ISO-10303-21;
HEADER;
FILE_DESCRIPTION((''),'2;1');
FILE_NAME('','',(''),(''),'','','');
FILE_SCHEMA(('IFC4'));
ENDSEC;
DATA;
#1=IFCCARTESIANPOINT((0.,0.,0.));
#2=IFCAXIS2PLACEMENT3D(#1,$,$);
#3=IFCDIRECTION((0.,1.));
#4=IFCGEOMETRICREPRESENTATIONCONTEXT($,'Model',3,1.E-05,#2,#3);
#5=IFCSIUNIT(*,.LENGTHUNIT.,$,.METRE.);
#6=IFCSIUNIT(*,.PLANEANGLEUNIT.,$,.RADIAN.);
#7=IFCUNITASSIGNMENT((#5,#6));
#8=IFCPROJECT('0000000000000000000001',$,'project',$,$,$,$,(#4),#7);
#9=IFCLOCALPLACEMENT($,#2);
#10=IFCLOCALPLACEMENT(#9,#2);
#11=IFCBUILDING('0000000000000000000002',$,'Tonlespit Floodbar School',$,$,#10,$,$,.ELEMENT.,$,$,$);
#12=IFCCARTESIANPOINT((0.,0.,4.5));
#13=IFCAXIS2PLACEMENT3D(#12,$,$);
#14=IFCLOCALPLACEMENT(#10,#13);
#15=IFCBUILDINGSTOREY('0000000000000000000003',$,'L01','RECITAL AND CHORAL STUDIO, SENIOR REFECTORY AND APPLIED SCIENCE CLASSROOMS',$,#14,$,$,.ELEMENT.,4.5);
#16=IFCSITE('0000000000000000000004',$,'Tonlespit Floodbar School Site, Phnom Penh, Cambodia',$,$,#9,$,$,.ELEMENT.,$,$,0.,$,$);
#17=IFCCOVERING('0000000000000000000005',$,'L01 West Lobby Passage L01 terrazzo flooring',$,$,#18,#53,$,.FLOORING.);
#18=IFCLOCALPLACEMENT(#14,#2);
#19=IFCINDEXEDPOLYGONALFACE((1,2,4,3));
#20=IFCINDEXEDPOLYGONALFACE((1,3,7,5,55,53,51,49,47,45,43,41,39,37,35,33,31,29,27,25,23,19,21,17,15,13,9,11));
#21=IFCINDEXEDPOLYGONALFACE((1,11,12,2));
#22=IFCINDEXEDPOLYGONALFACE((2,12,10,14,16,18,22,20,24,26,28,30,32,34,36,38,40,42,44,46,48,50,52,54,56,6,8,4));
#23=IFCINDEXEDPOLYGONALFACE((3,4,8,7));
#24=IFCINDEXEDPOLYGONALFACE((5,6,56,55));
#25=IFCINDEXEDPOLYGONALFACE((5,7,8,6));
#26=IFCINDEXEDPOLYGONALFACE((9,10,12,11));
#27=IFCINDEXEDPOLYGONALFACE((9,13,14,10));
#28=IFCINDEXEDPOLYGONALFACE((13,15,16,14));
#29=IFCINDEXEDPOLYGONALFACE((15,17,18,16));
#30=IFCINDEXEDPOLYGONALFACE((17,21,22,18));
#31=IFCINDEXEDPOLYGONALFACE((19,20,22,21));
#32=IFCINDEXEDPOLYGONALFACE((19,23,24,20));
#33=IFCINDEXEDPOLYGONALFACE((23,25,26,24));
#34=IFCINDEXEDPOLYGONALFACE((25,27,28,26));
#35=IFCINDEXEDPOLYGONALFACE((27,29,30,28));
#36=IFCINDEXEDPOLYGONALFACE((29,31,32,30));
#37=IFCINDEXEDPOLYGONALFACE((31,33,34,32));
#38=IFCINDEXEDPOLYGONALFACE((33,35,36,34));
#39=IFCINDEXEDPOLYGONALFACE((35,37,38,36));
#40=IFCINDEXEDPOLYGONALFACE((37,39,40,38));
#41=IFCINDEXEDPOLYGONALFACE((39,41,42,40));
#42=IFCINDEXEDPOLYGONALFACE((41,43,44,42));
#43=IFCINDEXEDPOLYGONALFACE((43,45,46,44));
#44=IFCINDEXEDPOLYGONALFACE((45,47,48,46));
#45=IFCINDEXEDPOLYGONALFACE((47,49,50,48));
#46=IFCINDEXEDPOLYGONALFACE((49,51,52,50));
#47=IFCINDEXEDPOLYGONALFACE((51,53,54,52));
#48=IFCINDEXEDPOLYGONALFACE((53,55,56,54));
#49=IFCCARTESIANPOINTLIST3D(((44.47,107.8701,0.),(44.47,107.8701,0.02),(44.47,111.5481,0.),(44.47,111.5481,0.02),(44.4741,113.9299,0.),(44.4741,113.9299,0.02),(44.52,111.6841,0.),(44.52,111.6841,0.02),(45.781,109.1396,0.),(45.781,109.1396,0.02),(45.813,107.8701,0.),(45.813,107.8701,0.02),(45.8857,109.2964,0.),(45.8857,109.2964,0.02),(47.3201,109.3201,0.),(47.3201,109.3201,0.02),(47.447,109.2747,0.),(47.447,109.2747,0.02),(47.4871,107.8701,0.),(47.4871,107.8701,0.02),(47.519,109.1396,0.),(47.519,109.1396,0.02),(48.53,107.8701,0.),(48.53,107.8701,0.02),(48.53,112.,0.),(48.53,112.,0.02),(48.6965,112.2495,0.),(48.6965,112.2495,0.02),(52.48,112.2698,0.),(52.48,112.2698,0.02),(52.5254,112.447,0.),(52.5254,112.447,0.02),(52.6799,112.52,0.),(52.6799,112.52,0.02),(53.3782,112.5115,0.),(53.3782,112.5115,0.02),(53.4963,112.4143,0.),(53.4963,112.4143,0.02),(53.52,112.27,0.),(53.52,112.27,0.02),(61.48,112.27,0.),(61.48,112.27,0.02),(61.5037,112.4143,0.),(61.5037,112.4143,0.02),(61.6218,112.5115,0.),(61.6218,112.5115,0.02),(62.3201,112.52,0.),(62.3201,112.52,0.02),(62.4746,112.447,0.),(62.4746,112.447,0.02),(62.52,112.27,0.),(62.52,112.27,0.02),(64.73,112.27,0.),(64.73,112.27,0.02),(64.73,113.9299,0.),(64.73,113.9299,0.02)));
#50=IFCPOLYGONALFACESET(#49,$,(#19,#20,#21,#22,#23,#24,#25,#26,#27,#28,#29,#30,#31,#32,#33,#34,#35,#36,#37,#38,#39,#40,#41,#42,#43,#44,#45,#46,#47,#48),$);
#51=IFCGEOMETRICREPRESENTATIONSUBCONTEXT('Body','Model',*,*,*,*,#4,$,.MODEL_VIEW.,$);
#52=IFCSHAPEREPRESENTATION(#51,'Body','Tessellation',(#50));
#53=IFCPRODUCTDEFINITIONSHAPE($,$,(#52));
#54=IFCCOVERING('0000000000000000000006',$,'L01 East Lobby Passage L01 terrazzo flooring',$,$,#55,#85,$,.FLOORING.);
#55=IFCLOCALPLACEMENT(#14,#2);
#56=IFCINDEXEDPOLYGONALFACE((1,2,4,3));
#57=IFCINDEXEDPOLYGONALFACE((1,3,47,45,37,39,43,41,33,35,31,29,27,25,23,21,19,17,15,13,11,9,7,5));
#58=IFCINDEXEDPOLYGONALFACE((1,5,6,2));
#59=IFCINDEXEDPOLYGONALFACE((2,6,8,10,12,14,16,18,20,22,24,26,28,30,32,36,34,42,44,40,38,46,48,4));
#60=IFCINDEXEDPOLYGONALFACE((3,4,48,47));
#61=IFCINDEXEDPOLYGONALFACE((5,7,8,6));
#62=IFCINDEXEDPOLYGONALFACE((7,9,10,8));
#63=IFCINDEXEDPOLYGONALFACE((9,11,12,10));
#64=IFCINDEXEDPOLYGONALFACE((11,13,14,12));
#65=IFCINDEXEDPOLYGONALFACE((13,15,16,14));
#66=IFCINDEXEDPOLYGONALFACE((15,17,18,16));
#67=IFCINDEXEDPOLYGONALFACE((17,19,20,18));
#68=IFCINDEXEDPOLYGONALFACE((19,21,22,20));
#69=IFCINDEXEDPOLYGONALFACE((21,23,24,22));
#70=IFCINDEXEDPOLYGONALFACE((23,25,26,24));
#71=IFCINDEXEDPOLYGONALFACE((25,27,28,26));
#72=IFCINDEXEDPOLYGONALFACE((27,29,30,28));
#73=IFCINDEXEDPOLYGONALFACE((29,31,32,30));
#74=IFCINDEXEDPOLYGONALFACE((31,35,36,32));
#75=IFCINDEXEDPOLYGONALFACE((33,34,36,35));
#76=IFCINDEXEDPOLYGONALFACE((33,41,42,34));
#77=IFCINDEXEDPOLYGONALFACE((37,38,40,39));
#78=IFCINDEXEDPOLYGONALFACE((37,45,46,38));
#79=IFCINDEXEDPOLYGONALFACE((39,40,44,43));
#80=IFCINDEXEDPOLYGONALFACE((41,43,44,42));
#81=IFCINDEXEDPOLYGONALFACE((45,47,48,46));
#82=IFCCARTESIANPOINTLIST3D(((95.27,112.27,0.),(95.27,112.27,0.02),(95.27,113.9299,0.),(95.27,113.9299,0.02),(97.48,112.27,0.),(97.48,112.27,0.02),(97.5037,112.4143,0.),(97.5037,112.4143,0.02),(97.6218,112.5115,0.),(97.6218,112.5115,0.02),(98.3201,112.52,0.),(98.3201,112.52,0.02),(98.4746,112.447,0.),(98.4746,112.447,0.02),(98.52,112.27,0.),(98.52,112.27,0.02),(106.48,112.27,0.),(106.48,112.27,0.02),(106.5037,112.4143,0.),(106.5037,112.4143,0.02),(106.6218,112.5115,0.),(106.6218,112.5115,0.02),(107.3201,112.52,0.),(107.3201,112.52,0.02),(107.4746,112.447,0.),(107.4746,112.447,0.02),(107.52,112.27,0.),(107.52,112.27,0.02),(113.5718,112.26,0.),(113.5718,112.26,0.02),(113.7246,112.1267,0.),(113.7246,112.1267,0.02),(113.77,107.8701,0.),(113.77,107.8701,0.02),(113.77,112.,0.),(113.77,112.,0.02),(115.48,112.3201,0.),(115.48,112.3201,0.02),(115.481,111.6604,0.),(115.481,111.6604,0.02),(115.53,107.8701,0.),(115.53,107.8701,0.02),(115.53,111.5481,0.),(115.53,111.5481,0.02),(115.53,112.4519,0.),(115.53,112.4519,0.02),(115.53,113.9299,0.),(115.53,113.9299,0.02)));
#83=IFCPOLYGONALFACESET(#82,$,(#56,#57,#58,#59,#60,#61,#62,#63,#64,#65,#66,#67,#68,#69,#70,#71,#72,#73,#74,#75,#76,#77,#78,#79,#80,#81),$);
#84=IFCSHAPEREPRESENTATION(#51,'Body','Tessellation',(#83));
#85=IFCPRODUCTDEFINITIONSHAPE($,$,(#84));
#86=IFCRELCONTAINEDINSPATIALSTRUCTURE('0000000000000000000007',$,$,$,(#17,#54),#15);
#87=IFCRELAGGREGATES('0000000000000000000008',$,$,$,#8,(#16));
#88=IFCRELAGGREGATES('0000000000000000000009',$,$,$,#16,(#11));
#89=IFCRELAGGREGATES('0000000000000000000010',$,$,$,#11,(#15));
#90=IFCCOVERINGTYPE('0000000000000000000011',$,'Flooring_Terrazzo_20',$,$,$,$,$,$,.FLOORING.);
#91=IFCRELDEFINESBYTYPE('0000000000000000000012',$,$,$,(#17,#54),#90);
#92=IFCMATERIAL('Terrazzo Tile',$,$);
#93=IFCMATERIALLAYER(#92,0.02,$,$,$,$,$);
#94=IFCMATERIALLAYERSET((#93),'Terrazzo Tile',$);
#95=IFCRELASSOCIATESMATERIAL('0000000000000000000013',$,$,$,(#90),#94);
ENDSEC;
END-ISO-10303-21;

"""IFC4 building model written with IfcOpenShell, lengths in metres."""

from ifc_helpers import new_model, si_unit, direction, frame, origin, place, context, subcontext, project, spatial, polyline, outline, extrude, material, layer, layer_set, type_object, element, save


model = new_model("IFC4")

# Units and contexts
model_context = context("Model", 3, precision=1e-05, world=origin(), true_north=direction((0.0, 1.0)))
body_context = subcontext(model_context, "Body", "Model", "MODEL_VIEW")
ifc_project = project(units=[si_unit("LENGTHUNIT", "METRE"), si_unit("PLANEANGLEUNIT", "RADIAN")], contexts=[model_context])

# Site, building, storey
site_placement = place(None, origin())
site = spatial("IfcSite", under=ifc_project, at=site_placement, Name="Tonlespit Floodbar School Site, Phnom Penh, Cambodia", CompositionType="ELEMENT", RefElevation=0.0)
building_placement = place(site_placement, origin())
building = spatial("IfcBuilding", under=site, at=building_placement, Name="Tonlespit Floodbar School", CompositionType="ELEMENT")
storey_placement = place(building_placement, frame((0.0, 0.0, 4.5)))
storey = spatial("IfcBuildingStorey", under=building, at=storey_placement, Name="L01", Description="RECITAL AND CHORAL STUDIO, SENIOR REFECTORY AND APPLIED SCIENCE CLASSROOMS", CompositionType="ELEMENT", Elevation=4.5)

# Coverings
ifc_material_1 = material(Name="Terrazzo Tile")
ifc_layer_1 = layer(ifc_material_1, 0.02)
ifc_layer_set_1 = layer_set([ifc_layer_1], Name="Terrazzo Tile")
covering_type_1 = type_object("IfcCoveringType", Name="Flooring_Terrazzo_20", PredefinedType="FLOORING", material=ifc_layer_set_1)
covering_1_placement = place(storey_placement, origin())
element("IfcCovering", 1, at=covering_1_placement, inside=storey, type_object=covering_type_1, Name="L01 West Lobby Passage L01 terrazzo flooring", PredefinedType="FLOORING", context=body_context, shape_type="SweptSolid", body=[
    extrude(outline(polyline([(44.47, 111.5481), (44.52, 111.6841), (44.4741, 113.9299), (64.73, 113.9299), (64.73, 112.27), (62.52, 112.27), (62.4746, 112.447), (62.3201, 112.52), (61.6218, 112.5115), (61.5037, 112.4143), (61.48, 112.27), (53.52, 112.27), (53.4963, 112.4143), (53.3782, 112.5115), (52.6799, 112.52), (52.5254, 112.447), (52.48, 112.2698), (48.6965, 112.2495), (48.53, 112.0), (48.53, 107.8701), (47.4871, 107.8701), (47.519, 109.1396), (47.447, 109.2747), (47.3201, 109.3201), (45.8857, 109.2964), (45.781, 109.1396), (45.813, 107.8701), (44.47, 107.8701), (44.47, 111.5481)])), origin(), (0.0, 0.0, 1.0), 0.02),
])
covering_2_placement = place(storey_placement, origin())
element("IfcCovering", 2, at=covering_2_placement, inside=storey, type_object=covering_type_1, Name="L01 East Lobby Passage L01 terrazzo flooring", PredefinedType="FLOORING", context=body_context, shape_type="SweptSolid", body=[
    extrude(outline(polyline([(115.53, 111.5481), (115.53, 107.8701), (113.77, 107.8701), (113.77, 112.0), (113.7246, 112.1267), (113.5718, 112.26), (107.52, 112.27), (107.4746, 112.447), (107.3201, 112.52), (106.6218, 112.5115), (106.5037, 112.4143), (106.48, 112.27), (98.52, 112.27), (98.4746, 112.447), (98.3201, 112.52), (97.6218, 112.5115), (97.5037, 112.4143), (97.48, 112.27), (95.27, 112.27), (95.27, 113.9299), (115.53, 113.9299), (115.53, 112.4519), (115.48, 112.3201), (115.481, 111.6604), (115.53, 111.5481)])), origin(), (0.0, 0.0, 1.0), 0.02),
])

save(model, "model.ifc")
